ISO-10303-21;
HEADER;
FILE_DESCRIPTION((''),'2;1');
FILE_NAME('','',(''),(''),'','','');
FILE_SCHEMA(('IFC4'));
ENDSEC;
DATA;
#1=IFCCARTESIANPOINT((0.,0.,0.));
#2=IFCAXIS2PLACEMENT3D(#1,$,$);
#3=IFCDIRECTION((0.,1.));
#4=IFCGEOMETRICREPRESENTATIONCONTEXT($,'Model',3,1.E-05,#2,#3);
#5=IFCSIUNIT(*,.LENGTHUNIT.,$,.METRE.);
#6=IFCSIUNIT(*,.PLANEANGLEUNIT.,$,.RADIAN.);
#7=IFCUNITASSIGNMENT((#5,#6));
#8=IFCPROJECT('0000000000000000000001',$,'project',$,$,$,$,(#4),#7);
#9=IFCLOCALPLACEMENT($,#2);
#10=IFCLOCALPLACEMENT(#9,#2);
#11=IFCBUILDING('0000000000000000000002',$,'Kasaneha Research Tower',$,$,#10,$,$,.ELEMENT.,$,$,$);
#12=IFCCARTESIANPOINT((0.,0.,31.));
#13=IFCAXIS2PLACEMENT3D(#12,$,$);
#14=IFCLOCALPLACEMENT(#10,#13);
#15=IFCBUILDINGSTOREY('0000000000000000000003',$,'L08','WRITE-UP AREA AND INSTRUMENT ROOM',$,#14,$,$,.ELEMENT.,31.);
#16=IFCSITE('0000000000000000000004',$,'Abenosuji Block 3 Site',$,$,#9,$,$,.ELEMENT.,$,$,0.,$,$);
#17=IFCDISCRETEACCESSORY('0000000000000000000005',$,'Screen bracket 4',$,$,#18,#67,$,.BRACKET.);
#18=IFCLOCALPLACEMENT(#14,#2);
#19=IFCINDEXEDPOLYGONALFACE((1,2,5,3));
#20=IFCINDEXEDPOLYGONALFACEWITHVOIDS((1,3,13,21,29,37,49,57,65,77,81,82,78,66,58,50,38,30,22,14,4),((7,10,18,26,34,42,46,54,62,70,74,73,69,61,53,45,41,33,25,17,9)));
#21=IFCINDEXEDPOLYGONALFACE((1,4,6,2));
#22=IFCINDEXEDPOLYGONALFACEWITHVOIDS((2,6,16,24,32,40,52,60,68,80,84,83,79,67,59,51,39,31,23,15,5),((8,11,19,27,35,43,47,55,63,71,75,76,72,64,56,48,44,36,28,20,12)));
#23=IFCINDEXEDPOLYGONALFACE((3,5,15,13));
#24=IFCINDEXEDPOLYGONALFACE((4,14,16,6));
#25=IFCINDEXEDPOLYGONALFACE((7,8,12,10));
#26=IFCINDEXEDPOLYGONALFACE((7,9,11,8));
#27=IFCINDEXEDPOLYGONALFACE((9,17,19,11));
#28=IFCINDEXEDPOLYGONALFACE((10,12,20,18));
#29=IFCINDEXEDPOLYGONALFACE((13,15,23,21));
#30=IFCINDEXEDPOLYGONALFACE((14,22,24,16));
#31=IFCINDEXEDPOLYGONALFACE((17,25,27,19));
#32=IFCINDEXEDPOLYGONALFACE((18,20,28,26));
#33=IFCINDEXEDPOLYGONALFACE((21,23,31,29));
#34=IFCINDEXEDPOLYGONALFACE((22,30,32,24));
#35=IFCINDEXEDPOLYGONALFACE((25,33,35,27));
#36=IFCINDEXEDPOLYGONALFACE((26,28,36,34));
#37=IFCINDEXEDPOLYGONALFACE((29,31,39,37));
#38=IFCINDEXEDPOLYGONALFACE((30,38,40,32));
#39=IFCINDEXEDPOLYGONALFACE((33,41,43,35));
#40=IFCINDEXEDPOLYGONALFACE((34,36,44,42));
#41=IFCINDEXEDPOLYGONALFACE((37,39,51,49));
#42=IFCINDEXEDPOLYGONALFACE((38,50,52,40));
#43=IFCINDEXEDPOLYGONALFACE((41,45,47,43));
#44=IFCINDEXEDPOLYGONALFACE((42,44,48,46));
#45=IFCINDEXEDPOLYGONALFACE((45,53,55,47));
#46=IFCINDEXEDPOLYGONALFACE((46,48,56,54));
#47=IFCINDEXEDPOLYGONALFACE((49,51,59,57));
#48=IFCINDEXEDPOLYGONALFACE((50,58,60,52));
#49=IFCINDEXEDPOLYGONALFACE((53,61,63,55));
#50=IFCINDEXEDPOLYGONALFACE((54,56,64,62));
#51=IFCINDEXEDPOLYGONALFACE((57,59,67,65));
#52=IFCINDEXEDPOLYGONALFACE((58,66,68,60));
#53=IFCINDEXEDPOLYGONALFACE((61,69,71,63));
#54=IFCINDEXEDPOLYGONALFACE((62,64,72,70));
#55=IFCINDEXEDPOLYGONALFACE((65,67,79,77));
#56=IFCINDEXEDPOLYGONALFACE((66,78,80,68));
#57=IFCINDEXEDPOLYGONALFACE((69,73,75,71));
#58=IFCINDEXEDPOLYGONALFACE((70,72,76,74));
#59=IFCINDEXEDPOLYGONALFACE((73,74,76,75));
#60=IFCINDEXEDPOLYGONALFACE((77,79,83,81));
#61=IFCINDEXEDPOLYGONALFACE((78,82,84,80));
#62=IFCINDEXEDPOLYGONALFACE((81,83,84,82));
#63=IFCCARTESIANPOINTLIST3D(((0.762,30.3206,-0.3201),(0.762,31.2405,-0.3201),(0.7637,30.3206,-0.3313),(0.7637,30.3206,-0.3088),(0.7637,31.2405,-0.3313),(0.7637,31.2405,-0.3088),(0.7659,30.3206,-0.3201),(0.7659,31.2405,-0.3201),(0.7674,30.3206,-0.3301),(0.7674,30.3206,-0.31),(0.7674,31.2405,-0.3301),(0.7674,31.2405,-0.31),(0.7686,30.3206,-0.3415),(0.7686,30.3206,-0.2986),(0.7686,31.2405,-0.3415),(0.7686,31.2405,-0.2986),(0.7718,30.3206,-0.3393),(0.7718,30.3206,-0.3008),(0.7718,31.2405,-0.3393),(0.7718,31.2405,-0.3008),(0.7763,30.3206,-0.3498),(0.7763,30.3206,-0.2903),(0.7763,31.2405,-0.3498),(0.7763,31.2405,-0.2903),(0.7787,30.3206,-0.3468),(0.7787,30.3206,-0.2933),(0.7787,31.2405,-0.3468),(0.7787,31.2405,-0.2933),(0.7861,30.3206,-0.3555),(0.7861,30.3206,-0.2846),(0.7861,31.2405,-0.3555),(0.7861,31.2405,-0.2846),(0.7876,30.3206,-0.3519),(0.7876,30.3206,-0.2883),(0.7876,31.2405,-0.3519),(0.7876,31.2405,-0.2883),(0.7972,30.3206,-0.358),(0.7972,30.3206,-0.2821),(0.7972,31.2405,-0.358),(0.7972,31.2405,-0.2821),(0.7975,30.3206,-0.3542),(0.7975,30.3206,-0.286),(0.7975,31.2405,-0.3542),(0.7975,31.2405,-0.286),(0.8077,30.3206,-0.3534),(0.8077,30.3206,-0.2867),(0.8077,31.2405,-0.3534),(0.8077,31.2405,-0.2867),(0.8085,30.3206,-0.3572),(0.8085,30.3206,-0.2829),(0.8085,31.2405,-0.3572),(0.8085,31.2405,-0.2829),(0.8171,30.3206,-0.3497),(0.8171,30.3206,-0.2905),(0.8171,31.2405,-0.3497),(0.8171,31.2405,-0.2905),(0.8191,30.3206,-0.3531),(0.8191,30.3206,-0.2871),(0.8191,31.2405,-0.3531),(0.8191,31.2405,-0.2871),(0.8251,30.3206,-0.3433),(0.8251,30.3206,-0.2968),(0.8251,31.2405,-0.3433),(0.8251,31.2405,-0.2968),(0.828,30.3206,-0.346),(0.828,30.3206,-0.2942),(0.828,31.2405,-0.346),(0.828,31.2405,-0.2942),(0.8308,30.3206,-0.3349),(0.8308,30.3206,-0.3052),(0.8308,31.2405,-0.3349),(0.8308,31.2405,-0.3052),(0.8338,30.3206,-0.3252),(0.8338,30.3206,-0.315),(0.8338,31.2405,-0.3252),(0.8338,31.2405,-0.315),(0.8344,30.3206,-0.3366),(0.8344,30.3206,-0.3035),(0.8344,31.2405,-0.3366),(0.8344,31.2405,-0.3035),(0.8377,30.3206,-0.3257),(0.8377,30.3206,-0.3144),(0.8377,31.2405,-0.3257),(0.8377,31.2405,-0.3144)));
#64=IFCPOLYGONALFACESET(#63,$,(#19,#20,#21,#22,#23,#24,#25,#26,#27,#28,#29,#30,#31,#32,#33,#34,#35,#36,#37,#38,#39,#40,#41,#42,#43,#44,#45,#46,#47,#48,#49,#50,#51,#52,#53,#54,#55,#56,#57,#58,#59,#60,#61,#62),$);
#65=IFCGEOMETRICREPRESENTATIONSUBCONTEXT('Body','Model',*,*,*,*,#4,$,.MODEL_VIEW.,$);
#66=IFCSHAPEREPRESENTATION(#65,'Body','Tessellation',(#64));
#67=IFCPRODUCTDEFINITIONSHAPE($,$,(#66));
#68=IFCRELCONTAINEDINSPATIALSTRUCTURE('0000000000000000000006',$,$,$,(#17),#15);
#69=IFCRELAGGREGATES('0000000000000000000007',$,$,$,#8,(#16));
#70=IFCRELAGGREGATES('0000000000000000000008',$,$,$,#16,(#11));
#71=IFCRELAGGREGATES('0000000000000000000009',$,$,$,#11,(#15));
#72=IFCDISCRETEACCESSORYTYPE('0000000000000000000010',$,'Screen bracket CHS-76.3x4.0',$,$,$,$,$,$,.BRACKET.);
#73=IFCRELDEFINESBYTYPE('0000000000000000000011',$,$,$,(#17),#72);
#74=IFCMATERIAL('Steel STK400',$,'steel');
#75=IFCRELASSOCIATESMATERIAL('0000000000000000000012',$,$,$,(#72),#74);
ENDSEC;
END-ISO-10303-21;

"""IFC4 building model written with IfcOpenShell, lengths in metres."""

from ifc_helpers import new_model, si_unit, direction, frame, origin, origin_2d, place, context, subcontext, project, spatial, hollow_circle, extrude, material, material_profile, profile_set, type_object, element, save


model = new_model("IFC4")

# Units and contexts
model_context = context("Model", 3, precision=1e-05, world=origin(), true_north=direction((0.0, 1.0)))
body_context = subcontext(model_context, "Body", "Model", "MODEL_VIEW")
ifc_project = project(units=[si_unit("LENGTHUNIT", "METRE"), si_unit("PLANEANGLEUNIT", "RADIAN")], contexts=[model_context])

# Site, building, storey
site_placement = place(None, origin())
site = spatial("IfcSite", under=ifc_project, at=site_placement, Name="Abenosuji Block 3 Site", CompositionType="ELEMENT", RefElevation=0.0)
building_placement = place(site_placement, origin())
building = spatial("IfcBuilding", under=site, at=building_placement, Name="Kasaneha Research Tower", CompositionType="ELEMENT")
storey_placement = place(building_placement, frame((0.0, 0.0, 31.0)))
storey = spatial("IfcBuildingStorey", under=building, at=storey_placement, Name="L08", Description="WRITE-UP AREA AND INSTRUMENT ROOM", CompositionType="ELEMENT", Elevation=31.0)

# Discrete accessory
ifc_material_1 = material(Name="Steel STK400", Category="steel")
ifc_material_profile_1 = material_profile(ifc_material_1, hollow_circle(Radius=0.0381, WallThickness=0.0039, at=origin_2d()), Name="CHS-76.3x4.0")
ifc_profile_set_1 = profile_set([ifc_material_profile_1], Name="Steel STK400")
discrete_accessory_type = type_object("IfcDiscreteAccessoryType", Name="Screen bracket CHS-76.3x4.0", PredefinedType="BRACKET", material=ifc_profile_set_1)
for number, where, z_axis, x_axis, name in (
    (1, (0.8, 30.3206, -0.3201), (0.0, 1.0, 0.0), (-1.0, 0.0, 0.0), "Screen bracket 4"),
):
    element("IfcDiscreteAccessory", number, at=place(storey_placement, frame(where, z_axis=z_axis, x_axis=x_axis)), inside=storey, type_object=discrete_accessory_type, Name=name, PredefinedType="BRACKET", context=body_context, shape_type="SweptSolid", body=[
        extrude(hollow_circle(Radius=0.0381, WallThickness=0.0039, at=origin_2d()), origin(), (0.0, 0.0, 1.0), 0.9199),
    ])

save(model, "model.ifc")
